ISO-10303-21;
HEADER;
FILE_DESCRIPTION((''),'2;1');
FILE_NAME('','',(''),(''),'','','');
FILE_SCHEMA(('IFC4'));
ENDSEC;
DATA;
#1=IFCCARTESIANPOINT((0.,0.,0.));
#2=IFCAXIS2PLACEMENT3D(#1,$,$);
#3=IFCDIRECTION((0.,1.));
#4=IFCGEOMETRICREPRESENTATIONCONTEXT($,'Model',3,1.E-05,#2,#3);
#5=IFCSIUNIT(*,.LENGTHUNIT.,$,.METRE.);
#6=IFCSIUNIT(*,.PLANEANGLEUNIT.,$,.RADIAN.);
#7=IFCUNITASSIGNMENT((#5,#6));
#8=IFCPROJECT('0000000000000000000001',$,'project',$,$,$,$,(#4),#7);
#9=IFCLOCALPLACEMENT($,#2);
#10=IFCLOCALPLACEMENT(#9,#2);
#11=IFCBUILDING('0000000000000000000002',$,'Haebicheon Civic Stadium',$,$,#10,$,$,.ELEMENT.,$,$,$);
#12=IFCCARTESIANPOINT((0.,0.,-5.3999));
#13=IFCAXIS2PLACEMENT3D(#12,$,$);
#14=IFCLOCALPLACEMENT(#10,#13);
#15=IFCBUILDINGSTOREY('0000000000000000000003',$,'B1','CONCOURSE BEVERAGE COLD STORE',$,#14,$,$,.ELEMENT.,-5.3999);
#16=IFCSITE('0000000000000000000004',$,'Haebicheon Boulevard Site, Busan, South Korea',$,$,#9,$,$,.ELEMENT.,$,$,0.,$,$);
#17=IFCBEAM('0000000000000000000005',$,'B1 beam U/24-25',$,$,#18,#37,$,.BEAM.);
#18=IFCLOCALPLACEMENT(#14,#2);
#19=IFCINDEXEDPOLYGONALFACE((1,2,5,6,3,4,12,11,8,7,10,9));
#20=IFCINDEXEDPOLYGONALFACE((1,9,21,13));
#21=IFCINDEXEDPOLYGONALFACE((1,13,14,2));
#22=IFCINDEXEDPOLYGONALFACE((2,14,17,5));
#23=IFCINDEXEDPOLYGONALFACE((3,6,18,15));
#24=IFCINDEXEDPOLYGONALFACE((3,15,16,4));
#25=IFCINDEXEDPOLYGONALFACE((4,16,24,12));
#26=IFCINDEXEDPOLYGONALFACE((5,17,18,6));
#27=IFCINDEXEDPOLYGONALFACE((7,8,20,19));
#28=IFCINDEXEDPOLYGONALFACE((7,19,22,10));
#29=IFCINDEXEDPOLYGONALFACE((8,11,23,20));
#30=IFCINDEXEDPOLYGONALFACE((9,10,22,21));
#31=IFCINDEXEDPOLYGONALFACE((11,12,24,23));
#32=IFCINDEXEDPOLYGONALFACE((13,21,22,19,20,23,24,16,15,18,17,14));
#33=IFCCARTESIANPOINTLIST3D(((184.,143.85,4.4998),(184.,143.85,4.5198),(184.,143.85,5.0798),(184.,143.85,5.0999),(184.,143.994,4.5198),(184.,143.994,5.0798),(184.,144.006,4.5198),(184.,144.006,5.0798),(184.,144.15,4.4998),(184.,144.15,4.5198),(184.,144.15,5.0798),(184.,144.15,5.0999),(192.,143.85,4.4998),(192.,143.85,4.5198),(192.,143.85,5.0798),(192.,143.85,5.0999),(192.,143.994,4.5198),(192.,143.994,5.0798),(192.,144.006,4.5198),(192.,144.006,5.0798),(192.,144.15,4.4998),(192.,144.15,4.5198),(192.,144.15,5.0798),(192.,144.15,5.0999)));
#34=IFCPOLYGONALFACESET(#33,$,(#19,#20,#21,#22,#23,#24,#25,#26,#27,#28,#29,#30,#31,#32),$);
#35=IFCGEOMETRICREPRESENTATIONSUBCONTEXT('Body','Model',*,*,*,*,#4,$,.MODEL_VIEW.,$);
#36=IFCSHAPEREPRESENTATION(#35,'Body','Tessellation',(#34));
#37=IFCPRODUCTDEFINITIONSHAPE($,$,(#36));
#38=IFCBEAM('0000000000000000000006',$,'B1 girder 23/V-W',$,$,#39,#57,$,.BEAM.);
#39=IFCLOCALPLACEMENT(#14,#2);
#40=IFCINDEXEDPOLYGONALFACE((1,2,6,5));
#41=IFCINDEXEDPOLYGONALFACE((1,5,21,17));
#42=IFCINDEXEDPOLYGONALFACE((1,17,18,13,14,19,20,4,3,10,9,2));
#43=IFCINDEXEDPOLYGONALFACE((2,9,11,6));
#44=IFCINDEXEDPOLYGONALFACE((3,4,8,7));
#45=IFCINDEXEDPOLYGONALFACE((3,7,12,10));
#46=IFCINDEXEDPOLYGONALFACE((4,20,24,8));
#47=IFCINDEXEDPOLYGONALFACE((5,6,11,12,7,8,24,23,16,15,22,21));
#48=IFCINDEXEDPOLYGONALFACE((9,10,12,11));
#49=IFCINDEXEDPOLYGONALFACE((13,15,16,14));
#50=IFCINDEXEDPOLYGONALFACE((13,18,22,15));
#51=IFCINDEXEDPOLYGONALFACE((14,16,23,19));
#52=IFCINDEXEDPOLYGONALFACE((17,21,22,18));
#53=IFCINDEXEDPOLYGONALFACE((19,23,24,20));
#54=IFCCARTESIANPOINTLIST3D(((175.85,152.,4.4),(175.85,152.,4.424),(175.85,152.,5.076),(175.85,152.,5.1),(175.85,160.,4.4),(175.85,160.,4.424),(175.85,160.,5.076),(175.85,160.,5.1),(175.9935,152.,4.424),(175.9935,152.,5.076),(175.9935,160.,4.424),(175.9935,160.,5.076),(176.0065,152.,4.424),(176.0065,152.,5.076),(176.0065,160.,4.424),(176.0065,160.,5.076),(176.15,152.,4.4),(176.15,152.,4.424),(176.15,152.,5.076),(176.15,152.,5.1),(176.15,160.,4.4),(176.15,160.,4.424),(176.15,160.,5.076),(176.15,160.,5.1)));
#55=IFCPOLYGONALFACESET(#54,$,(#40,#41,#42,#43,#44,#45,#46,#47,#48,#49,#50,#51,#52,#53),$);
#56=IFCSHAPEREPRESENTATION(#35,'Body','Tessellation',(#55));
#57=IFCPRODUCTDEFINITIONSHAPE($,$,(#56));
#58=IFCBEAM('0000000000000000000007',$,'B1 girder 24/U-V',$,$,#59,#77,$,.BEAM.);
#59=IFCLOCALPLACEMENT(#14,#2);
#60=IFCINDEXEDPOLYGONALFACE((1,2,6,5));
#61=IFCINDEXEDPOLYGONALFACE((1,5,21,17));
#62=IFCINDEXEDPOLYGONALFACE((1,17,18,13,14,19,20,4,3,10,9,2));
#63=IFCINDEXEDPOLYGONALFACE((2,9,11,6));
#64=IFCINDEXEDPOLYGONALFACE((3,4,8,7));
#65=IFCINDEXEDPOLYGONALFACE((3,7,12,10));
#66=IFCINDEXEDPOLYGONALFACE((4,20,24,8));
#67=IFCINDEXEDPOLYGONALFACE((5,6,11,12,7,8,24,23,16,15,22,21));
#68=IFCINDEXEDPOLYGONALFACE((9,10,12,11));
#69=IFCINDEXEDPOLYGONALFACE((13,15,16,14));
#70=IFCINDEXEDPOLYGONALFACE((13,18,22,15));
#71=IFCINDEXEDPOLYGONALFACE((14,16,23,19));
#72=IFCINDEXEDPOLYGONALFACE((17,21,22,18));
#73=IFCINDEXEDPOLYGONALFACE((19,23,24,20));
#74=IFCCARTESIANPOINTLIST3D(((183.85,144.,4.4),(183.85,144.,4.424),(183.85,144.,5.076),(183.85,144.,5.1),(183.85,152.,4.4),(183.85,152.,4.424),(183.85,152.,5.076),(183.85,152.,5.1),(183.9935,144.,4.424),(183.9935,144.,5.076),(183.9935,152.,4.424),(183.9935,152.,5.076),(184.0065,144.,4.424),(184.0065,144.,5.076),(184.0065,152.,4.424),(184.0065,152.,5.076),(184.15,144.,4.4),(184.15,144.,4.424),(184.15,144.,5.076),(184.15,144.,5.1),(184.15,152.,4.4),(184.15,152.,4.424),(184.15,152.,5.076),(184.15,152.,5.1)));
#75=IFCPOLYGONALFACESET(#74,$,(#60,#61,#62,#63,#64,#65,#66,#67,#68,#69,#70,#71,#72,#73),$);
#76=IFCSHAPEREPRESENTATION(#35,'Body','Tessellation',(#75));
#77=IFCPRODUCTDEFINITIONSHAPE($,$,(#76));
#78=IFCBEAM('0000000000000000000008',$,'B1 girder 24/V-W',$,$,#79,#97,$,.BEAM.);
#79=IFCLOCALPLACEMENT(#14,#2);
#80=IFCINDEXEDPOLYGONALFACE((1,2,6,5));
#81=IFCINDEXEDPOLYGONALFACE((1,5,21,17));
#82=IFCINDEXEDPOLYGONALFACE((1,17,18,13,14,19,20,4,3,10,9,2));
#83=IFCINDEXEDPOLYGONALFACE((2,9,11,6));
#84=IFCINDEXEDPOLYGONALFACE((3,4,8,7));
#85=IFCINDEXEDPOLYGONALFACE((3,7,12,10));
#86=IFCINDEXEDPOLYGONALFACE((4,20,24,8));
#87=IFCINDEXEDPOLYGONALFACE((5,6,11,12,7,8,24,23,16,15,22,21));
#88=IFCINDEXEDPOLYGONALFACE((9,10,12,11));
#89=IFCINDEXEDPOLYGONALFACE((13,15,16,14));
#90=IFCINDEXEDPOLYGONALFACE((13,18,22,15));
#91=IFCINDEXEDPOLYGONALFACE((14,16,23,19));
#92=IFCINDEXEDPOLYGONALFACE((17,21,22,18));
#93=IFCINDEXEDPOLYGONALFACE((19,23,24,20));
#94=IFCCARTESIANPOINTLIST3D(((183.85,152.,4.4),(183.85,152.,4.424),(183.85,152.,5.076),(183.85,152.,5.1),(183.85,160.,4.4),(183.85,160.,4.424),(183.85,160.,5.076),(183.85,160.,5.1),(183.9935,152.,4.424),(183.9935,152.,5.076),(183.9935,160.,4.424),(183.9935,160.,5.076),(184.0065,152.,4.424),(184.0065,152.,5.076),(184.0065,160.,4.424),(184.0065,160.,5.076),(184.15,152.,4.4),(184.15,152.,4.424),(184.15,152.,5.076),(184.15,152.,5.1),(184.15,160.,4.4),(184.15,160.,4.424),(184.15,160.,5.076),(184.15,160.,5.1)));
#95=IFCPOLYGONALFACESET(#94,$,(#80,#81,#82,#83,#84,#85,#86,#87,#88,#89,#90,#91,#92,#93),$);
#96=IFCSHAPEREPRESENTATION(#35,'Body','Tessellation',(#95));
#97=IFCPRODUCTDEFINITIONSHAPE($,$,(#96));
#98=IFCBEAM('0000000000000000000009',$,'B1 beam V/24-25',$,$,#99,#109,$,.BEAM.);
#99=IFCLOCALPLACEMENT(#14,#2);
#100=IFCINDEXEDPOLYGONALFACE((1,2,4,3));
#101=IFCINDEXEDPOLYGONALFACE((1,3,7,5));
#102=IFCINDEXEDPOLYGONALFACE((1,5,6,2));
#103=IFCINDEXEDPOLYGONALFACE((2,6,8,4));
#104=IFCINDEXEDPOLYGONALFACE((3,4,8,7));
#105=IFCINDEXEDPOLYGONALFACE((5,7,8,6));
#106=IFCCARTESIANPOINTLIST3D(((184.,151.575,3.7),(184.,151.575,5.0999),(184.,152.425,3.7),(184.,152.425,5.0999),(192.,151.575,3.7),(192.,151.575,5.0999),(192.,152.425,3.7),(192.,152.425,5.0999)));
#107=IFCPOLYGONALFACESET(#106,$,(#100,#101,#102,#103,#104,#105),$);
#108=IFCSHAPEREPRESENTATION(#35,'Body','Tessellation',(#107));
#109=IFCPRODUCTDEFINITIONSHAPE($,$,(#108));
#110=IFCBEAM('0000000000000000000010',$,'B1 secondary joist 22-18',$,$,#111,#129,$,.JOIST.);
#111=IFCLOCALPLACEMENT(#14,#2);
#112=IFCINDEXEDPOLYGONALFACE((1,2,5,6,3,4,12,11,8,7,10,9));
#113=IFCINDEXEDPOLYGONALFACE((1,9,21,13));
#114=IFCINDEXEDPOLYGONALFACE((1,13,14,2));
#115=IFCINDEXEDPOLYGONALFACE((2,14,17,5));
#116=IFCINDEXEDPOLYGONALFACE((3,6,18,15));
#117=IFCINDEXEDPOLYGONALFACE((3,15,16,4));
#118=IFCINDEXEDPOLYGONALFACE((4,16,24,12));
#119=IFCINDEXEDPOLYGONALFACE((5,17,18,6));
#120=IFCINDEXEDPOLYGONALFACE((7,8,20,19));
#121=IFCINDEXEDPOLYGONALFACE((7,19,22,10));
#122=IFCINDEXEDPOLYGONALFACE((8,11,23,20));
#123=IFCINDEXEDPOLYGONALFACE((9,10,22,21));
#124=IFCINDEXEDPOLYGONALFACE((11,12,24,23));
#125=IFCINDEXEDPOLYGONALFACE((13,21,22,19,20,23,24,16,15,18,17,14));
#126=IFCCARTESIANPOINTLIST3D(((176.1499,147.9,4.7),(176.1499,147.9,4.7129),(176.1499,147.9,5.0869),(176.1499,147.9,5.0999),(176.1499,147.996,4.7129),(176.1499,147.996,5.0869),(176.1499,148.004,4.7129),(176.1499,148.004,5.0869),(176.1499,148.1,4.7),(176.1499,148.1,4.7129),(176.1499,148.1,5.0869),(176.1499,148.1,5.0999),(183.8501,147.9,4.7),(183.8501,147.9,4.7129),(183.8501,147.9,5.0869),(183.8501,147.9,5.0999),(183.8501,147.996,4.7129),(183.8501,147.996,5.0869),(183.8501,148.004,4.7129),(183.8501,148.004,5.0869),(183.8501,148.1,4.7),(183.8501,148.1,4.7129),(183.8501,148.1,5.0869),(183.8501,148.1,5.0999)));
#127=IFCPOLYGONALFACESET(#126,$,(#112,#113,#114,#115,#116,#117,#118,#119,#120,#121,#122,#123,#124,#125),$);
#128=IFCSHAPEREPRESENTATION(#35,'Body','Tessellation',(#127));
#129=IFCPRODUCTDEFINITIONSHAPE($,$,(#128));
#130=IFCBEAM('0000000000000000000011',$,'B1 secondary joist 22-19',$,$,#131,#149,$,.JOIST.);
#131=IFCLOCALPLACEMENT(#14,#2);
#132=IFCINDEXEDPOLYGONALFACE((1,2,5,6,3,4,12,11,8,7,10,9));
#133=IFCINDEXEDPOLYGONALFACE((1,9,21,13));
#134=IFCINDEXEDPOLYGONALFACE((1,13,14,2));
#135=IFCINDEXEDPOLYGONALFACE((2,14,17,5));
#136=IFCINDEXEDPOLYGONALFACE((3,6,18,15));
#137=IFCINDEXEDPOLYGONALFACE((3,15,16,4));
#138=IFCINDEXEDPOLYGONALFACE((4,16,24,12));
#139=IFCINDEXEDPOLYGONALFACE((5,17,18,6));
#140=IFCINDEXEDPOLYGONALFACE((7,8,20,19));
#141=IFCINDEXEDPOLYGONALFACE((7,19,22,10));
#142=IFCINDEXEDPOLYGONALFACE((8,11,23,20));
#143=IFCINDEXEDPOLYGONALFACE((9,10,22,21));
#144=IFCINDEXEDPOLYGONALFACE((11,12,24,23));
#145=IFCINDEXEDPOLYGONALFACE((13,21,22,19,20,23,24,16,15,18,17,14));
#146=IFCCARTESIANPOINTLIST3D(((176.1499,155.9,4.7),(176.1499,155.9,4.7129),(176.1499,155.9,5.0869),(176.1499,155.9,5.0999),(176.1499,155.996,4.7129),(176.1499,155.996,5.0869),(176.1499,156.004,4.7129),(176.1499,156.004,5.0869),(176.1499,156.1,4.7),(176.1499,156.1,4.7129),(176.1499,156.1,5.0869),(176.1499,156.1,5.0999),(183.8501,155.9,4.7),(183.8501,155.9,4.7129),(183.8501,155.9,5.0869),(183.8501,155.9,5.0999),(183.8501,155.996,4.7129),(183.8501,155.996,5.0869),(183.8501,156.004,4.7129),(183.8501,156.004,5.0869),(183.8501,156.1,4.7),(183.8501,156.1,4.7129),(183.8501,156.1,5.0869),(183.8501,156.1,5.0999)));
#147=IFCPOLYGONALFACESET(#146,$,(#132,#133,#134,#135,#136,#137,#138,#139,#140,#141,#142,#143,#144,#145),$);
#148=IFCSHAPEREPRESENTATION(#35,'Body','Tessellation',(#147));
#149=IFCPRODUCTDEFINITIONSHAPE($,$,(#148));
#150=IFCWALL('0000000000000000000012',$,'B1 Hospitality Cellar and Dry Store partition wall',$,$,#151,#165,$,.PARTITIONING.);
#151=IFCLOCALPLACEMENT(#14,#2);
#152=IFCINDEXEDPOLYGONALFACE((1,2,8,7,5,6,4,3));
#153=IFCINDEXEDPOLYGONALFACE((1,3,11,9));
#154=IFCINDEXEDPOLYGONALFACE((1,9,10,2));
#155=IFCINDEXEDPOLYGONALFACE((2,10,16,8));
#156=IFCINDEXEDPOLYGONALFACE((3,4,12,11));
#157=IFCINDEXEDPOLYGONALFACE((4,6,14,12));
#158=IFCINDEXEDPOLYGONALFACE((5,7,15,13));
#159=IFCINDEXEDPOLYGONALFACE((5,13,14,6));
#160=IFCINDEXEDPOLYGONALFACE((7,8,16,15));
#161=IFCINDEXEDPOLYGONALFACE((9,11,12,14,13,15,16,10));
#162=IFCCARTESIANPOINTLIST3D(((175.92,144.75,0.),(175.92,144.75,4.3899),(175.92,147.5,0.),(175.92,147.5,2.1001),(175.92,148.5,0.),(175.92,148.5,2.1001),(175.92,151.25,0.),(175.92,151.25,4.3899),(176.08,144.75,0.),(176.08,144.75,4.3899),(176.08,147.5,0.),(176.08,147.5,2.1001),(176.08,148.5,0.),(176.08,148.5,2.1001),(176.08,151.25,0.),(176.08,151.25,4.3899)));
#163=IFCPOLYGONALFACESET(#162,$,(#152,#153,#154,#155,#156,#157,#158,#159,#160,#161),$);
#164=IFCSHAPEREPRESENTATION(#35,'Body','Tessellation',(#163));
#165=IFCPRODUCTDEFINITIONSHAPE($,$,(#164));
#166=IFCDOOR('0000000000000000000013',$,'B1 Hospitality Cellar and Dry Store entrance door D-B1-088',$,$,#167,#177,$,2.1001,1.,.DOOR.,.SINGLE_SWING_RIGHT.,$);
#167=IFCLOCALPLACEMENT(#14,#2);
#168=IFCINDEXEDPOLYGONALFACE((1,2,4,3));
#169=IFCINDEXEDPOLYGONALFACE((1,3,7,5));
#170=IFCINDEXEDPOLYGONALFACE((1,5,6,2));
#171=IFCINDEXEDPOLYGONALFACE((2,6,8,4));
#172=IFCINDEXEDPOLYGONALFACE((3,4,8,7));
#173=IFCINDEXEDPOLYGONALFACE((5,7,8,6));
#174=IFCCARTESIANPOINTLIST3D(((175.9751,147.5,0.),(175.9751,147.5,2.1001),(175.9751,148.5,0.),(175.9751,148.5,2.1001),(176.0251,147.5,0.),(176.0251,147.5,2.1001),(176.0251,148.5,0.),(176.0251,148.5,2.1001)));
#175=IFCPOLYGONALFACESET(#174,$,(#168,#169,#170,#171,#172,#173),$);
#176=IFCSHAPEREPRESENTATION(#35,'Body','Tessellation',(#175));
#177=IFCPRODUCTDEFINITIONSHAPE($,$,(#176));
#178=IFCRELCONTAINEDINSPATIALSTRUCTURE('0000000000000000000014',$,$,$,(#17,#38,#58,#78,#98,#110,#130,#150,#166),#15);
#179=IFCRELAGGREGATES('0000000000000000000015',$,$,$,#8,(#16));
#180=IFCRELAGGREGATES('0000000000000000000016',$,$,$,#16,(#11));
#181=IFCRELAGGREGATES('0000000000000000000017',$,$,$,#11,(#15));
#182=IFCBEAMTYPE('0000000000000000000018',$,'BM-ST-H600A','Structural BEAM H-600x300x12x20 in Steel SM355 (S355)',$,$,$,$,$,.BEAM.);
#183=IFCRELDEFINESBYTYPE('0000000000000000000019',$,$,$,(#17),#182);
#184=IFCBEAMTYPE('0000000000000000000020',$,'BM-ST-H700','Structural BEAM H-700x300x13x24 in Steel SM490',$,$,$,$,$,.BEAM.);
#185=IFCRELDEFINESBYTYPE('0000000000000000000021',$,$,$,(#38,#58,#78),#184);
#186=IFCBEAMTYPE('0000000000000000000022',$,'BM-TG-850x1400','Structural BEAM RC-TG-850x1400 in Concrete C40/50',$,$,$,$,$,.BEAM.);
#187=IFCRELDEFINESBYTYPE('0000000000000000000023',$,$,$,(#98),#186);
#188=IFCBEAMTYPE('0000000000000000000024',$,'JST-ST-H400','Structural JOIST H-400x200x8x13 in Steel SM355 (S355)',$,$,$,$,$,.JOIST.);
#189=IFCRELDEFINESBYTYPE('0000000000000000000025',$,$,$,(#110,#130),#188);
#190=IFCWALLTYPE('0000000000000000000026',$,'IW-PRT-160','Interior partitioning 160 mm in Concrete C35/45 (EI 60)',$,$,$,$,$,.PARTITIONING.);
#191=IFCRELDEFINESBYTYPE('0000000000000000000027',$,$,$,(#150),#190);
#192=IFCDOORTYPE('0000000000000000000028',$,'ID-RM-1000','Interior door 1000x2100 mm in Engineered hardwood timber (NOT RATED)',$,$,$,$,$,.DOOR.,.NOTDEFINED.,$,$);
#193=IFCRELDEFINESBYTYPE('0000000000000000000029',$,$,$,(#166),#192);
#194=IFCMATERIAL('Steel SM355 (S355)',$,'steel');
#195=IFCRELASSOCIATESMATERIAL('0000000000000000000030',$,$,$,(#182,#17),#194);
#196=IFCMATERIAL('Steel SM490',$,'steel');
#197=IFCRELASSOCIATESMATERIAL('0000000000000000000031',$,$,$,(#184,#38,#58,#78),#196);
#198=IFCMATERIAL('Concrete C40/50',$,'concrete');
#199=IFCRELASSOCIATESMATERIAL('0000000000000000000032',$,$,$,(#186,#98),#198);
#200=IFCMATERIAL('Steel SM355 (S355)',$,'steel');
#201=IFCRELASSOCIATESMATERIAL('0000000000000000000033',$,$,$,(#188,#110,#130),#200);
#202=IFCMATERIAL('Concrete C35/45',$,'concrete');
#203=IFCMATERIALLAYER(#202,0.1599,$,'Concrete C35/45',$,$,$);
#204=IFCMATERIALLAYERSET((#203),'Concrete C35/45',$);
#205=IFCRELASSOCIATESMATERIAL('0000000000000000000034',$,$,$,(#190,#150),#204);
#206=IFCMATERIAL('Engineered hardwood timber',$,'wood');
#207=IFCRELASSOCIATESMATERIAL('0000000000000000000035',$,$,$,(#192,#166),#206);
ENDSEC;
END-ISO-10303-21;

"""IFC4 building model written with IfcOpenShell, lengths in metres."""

from ifc_helpers import new_model, si_unit, direction, frame, frame_2d, origin, origin_2d, place, context, subcontext, project, spatial, rectangle, i_section, extrude, material, layer, layer_set, material_profile, profile_set, type_object, element, fill, save


model = new_model("IFC4")

# Units and contexts
model_context = context("Model", 3, precision=1e-05, world=origin(), true_north=direction((0.0, 1.0)))
body_context = subcontext(model_context, "Body", "Model", "MODEL_VIEW")
ifc_project = project(units=[si_unit("LENGTHUNIT", "METRE"), si_unit("PLANEANGLEUNIT", "RADIAN")], contexts=[model_context])

# Site, building, storey
site_placement = place(None, origin())
site = spatial("IfcSite", under=ifc_project, at=site_placement, Name="Haebicheon Boulevard Site, Busan, South Korea", CompositionType="ELEMENT", RefElevation=0.0)
building_placement = place(site_placement, origin())
building = spatial("IfcBuilding", under=site, at=building_placement, Name="Haebicheon Civic Stadium", CompositionType="ELEMENT")
storey_placement = place(building_placement, frame((0.0, 0.0, -5.3999)))
storey = spatial("IfcBuildingStorey", under=building, at=storey_placement, Name="B1", Description="CONCOURSE BEVERAGE COLD STORE", CompositionType="ELEMENT", Elevation=-5.3999)

# Beams
ifc_material_1 = material(Name="Steel SM355 (S355)", Category="steel")
ifc_material_profile_1 = material_profile(ifc_material_1, i_section(OverallWidth=0.3, OverallDepth=0.6001, WebThickness=0.012, FlangeThickness=0.02, at=origin_2d()), Name="H-600x300x12x20")
ifc_profile_set_1 = profile_set([ifc_material_profile_1], Name="Steel SM355 (S355)")
beam_type_1 = type_object("IfcBeamType", Name="BM-ST-H600A", Description="Structural BEAM H-600x300x12x20 in Steel SM355 (S355)", PredefinedType="BEAM", material=ifc_profile_set_1)
for number, where, z_axis, x_axis, name in (
    (1, (184.0, 144.0, 4.7998), (1.0, 0.0, 0.0), (0.0, 1.0, 0.0), "B1 beam U/24-25"),
):
    element("IfcBeam", number, at=place(storey_placement, frame(where, z_axis=z_axis, x_axis=x_axis)), inside=storey, type_object=beam_type_1, material=ifc_profile_set_1, Name=name, PredefinedType="BEAM", context=body_context, shape_type="SweptSolid", body=[
        extrude(i_section(OverallWidth=0.3, OverallDepth=0.6001, WebThickness=0.012, FlangeThickness=0.02, at=origin_2d()), origin(), (0.0, 0.0, 1.0), 8.0),
    ])
ifc_material_2 = material(Name="Steel SM490", Category="steel")
ifc_material_profile_2 = material_profile(ifc_material_2, i_section(OverallWidth=0.3, OverallDepth=0.7, WebThickness=0.0129, FlangeThickness=0.0239, at=origin_2d()), Name="H-700x300x13x24")
ifc_profile_set_2 = profile_set([ifc_material_profile_2], Name="Steel SM490")
beam_type_2 = type_object("IfcBeamType", Name="BM-ST-H700", Description="Structural BEAM H-700x300x13x24 in Steel SM490", PredefinedType="BEAM", material=ifc_profile_set_2)
for number, where, z_axis, x_axis, name in (
    (2, (176.0, 152.0, 4.75), (0.0, 1.0, 0.0), (-1.0, 0.0, 0.0), "B1 girder 23/V-W"),
    (3, (184.0, 144.0, 4.75), (0.0, 1.0, 0.0), (-1.0, 0.0, 0.0), "B1 girder 24/U-V"),
    (4, (184.0, 152.0, 4.75), (0.0, 1.0, 0.0), (-1.0, 0.0, 0.0), "B1 girder 24/V-W"),
):
    element("IfcBeam", number, at=place(storey_placement, frame(where, z_axis=z_axis, x_axis=x_axis)), inside=storey, type_object=beam_type_2, material=ifc_profile_set_2, Name=name, PredefinedType="BEAM", context=body_context, shape_type="SweptSolid", body=[
        extrude(i_section(OverallWidth=0.3, OverallDepth=0.7, WebThickness=0.0129, FlangeThickness=0.0239, at=origin_2d()), origin(), (0.0, 0.0, 1.0), 8.0),
    ])
ifc_material_3 = material(Name="Concrete C40/50", Category="concrete")
ifc_material_profile_3 = material_profile(ifc_material_3, rectangle(XDim=0.8501, YDim=1.3999, at=origin_2d()), Name="RC-TG-850x1400")
ifc_profile_set_3 = profile_set([ifc_material_profile_3], Name="Concrete C40/50")
beam_type_3 = type_object("IfcBeamType", Name="BM-TG-850x1400", Description="Structural BEAM RC-TG-850x1400 in Concrete C40/50", PredefinedType="BEAM", material=ifc_profile_set_3)
beam_placement = place(storey_placement, frame((184.0, 152.0, 4.3999), z_axis=(1.0, 0.0, 0.0), x_axis=(0.0, 1.0, 0.0)))
element("IfcBeam", 5, at=beam_placement, inside=storey, type_object=beam_type_3, material=ifc_profile_set_3, Name="B1 beam V/24-25", PredefinedType="BEAM", context=body_context, shape_type="SweptSolid", body=[
    extrude(rectangle(XDim=0.8501, YDim=1.3999, at=origin_2d()), origin(), (0.0, 0.0, 1.0), 8.0),
])
ifc_material_4 = material(Name="Steel SM355 (S355)", Category="steel")
ifc_material_profile_4 = material_profile(ifc_material_4, i_section(OverallWidth=0.2, OverallDepth=0.3999, WebThickness=0.0081, FlangeThickness=0.0129, at=origin_2d()), Name="H-400x200x8x13")
ifc_profile_set_4 = profile_set([ifc_material_profile_4], Name="Steel SM355 (S355)")
beam_type_4 = type_object("IfcBeamType", Name="JST-ST-H400", Description="Structural JOIST H-400x200x8x13 in Steel SM355 (S355)", PredefinedType="JOIST", material=ifc_profile_set_4)
for number, where, z_axis, x_axis, name in (
    (6, (176.1499, 148.0, 4.8999), (1.0, 0.0, 0.0), (0.0, 1.0, 0.0), "B1 secondary joist 22-18"),
    (7, (176.1499, 156.0, 4.8999), (1.0, 0.0, 0.0), (0.0, 1.0, 0.0), "B1 secondary joist 22-19"),
):
    element("IfcBeam", number, at=place(storey_placement, frame(where, z_axis=z_axis, x_axis=x_axis)), inside=storey, type_object=beam_type_4, material=ifc_profile_set_4, Name=name, PredefinedType="JOIST", context=body_context, shape_type="SweptSolid", body=[
        extrude(i_section(OverallWidth=0.2, OverallDepth=0.3999, WebThickness=0.0081, FlangeThickness=0.0129, at=origin_2d()), origin(), (0.0, 0.0, 1.0), 7.7002),
    ])

# Wall, opening, door
ifc_material_5 = material(Name="Concrete C35/45", Category="concrete")
ifc_layer_1 = layer(ifc_material_5, 0.1599, Name="Concrete C35/45")
ifc_layer_set_1 = layer_set([ifc_layer_1], Name="Concrete C35/45")
wall_type = type_object("IfcWallType", Name="IW-PRT-160", Description="Interior partitioning 160 mm in Concrete C35/45 (EI 60)", PredefinedType="PARTITIONING", material=ifc_layer_set_1)
wall_placement = place(storey_placement, frame((176.0, 144.75, 0.0), z_axis=(0.0, 0.0, 1.0), x_axis=(0.0, 1.0, 0.0)))
wall = element("IfcWall", 8, at=wall_placement, inside=storey, type_object=wall_type, material=ifc_layer_set_1, Name="B1 Hospitality Cellar and Dry Store partition wall", PredefinedType="PARTITIONING", context=body_context, shape_type="SweptSolid", body=[
    extrude(rectangle(XDim=6.5, YDim=0.1599, at=frame_2d((3.25, 0.0))), origin(), (0.0, 0.0, 1.0), 4.3899),
])
opening_placement = place(wall_placement, frame((2.75, 0.0, 0.0)))
opening = element("IfcOpeningElement", 9, at=opening_placement, cuts=wall, PredefinedType="OPENING", context=body_context, shape_type="SweptSolid", body=[
    extrude(rectangle(XDim=1.0, YDim=2.1001, at=frame_2d((0.5, 1.05))), frame((0.0, 0.0898, 0.0), z_axis=(0.0, -1.0, 0.0), x_axis=(1.0, 0.0, 0.0)), (0.0, 0.0, 1.0), 0.1799),
])
ifc_material_6 = material(Name="Engineered hardwood timber", Category="wood")
door_type = type_object("IfcDoorType", Name="ID-RM-1000", Description="Interior door 1000x2100 mm in Engineered hardwood timber (NOT RATED)", OperationType="NOTDEFINED", PredefinedType="DOOR", material=ifc_material_6)
door_placement = place(opening_placement, origin())
door = element("IfcDoor", 10, at=door_placement, inside=storey, type_object=door_type, material=ifc_material_6, Name="B1 Hospitality Cellar and Dry Store entrance door D-B1-088", OperationType="SINGLE_SWING_RIGHT", OverallHeight=2.1001, OverallWidth=1.0, PredefinedType="DOOR", context=body_context, shape_type="SweptSolid", body=[
    extrude(rectangle(XDim=1.0, YDim=2.1001, at=frame_2d((0.5, 1.05))), frame((0.0, 0.0249, 0.0), z_axis=(0.0, -1.0, 0.0), x_axis=(1.0, 0.0, 0.0)), (0.0, 0.0, 1.0), 0.05),
])
fill(opening, door)

save(model, "model.ifc")
